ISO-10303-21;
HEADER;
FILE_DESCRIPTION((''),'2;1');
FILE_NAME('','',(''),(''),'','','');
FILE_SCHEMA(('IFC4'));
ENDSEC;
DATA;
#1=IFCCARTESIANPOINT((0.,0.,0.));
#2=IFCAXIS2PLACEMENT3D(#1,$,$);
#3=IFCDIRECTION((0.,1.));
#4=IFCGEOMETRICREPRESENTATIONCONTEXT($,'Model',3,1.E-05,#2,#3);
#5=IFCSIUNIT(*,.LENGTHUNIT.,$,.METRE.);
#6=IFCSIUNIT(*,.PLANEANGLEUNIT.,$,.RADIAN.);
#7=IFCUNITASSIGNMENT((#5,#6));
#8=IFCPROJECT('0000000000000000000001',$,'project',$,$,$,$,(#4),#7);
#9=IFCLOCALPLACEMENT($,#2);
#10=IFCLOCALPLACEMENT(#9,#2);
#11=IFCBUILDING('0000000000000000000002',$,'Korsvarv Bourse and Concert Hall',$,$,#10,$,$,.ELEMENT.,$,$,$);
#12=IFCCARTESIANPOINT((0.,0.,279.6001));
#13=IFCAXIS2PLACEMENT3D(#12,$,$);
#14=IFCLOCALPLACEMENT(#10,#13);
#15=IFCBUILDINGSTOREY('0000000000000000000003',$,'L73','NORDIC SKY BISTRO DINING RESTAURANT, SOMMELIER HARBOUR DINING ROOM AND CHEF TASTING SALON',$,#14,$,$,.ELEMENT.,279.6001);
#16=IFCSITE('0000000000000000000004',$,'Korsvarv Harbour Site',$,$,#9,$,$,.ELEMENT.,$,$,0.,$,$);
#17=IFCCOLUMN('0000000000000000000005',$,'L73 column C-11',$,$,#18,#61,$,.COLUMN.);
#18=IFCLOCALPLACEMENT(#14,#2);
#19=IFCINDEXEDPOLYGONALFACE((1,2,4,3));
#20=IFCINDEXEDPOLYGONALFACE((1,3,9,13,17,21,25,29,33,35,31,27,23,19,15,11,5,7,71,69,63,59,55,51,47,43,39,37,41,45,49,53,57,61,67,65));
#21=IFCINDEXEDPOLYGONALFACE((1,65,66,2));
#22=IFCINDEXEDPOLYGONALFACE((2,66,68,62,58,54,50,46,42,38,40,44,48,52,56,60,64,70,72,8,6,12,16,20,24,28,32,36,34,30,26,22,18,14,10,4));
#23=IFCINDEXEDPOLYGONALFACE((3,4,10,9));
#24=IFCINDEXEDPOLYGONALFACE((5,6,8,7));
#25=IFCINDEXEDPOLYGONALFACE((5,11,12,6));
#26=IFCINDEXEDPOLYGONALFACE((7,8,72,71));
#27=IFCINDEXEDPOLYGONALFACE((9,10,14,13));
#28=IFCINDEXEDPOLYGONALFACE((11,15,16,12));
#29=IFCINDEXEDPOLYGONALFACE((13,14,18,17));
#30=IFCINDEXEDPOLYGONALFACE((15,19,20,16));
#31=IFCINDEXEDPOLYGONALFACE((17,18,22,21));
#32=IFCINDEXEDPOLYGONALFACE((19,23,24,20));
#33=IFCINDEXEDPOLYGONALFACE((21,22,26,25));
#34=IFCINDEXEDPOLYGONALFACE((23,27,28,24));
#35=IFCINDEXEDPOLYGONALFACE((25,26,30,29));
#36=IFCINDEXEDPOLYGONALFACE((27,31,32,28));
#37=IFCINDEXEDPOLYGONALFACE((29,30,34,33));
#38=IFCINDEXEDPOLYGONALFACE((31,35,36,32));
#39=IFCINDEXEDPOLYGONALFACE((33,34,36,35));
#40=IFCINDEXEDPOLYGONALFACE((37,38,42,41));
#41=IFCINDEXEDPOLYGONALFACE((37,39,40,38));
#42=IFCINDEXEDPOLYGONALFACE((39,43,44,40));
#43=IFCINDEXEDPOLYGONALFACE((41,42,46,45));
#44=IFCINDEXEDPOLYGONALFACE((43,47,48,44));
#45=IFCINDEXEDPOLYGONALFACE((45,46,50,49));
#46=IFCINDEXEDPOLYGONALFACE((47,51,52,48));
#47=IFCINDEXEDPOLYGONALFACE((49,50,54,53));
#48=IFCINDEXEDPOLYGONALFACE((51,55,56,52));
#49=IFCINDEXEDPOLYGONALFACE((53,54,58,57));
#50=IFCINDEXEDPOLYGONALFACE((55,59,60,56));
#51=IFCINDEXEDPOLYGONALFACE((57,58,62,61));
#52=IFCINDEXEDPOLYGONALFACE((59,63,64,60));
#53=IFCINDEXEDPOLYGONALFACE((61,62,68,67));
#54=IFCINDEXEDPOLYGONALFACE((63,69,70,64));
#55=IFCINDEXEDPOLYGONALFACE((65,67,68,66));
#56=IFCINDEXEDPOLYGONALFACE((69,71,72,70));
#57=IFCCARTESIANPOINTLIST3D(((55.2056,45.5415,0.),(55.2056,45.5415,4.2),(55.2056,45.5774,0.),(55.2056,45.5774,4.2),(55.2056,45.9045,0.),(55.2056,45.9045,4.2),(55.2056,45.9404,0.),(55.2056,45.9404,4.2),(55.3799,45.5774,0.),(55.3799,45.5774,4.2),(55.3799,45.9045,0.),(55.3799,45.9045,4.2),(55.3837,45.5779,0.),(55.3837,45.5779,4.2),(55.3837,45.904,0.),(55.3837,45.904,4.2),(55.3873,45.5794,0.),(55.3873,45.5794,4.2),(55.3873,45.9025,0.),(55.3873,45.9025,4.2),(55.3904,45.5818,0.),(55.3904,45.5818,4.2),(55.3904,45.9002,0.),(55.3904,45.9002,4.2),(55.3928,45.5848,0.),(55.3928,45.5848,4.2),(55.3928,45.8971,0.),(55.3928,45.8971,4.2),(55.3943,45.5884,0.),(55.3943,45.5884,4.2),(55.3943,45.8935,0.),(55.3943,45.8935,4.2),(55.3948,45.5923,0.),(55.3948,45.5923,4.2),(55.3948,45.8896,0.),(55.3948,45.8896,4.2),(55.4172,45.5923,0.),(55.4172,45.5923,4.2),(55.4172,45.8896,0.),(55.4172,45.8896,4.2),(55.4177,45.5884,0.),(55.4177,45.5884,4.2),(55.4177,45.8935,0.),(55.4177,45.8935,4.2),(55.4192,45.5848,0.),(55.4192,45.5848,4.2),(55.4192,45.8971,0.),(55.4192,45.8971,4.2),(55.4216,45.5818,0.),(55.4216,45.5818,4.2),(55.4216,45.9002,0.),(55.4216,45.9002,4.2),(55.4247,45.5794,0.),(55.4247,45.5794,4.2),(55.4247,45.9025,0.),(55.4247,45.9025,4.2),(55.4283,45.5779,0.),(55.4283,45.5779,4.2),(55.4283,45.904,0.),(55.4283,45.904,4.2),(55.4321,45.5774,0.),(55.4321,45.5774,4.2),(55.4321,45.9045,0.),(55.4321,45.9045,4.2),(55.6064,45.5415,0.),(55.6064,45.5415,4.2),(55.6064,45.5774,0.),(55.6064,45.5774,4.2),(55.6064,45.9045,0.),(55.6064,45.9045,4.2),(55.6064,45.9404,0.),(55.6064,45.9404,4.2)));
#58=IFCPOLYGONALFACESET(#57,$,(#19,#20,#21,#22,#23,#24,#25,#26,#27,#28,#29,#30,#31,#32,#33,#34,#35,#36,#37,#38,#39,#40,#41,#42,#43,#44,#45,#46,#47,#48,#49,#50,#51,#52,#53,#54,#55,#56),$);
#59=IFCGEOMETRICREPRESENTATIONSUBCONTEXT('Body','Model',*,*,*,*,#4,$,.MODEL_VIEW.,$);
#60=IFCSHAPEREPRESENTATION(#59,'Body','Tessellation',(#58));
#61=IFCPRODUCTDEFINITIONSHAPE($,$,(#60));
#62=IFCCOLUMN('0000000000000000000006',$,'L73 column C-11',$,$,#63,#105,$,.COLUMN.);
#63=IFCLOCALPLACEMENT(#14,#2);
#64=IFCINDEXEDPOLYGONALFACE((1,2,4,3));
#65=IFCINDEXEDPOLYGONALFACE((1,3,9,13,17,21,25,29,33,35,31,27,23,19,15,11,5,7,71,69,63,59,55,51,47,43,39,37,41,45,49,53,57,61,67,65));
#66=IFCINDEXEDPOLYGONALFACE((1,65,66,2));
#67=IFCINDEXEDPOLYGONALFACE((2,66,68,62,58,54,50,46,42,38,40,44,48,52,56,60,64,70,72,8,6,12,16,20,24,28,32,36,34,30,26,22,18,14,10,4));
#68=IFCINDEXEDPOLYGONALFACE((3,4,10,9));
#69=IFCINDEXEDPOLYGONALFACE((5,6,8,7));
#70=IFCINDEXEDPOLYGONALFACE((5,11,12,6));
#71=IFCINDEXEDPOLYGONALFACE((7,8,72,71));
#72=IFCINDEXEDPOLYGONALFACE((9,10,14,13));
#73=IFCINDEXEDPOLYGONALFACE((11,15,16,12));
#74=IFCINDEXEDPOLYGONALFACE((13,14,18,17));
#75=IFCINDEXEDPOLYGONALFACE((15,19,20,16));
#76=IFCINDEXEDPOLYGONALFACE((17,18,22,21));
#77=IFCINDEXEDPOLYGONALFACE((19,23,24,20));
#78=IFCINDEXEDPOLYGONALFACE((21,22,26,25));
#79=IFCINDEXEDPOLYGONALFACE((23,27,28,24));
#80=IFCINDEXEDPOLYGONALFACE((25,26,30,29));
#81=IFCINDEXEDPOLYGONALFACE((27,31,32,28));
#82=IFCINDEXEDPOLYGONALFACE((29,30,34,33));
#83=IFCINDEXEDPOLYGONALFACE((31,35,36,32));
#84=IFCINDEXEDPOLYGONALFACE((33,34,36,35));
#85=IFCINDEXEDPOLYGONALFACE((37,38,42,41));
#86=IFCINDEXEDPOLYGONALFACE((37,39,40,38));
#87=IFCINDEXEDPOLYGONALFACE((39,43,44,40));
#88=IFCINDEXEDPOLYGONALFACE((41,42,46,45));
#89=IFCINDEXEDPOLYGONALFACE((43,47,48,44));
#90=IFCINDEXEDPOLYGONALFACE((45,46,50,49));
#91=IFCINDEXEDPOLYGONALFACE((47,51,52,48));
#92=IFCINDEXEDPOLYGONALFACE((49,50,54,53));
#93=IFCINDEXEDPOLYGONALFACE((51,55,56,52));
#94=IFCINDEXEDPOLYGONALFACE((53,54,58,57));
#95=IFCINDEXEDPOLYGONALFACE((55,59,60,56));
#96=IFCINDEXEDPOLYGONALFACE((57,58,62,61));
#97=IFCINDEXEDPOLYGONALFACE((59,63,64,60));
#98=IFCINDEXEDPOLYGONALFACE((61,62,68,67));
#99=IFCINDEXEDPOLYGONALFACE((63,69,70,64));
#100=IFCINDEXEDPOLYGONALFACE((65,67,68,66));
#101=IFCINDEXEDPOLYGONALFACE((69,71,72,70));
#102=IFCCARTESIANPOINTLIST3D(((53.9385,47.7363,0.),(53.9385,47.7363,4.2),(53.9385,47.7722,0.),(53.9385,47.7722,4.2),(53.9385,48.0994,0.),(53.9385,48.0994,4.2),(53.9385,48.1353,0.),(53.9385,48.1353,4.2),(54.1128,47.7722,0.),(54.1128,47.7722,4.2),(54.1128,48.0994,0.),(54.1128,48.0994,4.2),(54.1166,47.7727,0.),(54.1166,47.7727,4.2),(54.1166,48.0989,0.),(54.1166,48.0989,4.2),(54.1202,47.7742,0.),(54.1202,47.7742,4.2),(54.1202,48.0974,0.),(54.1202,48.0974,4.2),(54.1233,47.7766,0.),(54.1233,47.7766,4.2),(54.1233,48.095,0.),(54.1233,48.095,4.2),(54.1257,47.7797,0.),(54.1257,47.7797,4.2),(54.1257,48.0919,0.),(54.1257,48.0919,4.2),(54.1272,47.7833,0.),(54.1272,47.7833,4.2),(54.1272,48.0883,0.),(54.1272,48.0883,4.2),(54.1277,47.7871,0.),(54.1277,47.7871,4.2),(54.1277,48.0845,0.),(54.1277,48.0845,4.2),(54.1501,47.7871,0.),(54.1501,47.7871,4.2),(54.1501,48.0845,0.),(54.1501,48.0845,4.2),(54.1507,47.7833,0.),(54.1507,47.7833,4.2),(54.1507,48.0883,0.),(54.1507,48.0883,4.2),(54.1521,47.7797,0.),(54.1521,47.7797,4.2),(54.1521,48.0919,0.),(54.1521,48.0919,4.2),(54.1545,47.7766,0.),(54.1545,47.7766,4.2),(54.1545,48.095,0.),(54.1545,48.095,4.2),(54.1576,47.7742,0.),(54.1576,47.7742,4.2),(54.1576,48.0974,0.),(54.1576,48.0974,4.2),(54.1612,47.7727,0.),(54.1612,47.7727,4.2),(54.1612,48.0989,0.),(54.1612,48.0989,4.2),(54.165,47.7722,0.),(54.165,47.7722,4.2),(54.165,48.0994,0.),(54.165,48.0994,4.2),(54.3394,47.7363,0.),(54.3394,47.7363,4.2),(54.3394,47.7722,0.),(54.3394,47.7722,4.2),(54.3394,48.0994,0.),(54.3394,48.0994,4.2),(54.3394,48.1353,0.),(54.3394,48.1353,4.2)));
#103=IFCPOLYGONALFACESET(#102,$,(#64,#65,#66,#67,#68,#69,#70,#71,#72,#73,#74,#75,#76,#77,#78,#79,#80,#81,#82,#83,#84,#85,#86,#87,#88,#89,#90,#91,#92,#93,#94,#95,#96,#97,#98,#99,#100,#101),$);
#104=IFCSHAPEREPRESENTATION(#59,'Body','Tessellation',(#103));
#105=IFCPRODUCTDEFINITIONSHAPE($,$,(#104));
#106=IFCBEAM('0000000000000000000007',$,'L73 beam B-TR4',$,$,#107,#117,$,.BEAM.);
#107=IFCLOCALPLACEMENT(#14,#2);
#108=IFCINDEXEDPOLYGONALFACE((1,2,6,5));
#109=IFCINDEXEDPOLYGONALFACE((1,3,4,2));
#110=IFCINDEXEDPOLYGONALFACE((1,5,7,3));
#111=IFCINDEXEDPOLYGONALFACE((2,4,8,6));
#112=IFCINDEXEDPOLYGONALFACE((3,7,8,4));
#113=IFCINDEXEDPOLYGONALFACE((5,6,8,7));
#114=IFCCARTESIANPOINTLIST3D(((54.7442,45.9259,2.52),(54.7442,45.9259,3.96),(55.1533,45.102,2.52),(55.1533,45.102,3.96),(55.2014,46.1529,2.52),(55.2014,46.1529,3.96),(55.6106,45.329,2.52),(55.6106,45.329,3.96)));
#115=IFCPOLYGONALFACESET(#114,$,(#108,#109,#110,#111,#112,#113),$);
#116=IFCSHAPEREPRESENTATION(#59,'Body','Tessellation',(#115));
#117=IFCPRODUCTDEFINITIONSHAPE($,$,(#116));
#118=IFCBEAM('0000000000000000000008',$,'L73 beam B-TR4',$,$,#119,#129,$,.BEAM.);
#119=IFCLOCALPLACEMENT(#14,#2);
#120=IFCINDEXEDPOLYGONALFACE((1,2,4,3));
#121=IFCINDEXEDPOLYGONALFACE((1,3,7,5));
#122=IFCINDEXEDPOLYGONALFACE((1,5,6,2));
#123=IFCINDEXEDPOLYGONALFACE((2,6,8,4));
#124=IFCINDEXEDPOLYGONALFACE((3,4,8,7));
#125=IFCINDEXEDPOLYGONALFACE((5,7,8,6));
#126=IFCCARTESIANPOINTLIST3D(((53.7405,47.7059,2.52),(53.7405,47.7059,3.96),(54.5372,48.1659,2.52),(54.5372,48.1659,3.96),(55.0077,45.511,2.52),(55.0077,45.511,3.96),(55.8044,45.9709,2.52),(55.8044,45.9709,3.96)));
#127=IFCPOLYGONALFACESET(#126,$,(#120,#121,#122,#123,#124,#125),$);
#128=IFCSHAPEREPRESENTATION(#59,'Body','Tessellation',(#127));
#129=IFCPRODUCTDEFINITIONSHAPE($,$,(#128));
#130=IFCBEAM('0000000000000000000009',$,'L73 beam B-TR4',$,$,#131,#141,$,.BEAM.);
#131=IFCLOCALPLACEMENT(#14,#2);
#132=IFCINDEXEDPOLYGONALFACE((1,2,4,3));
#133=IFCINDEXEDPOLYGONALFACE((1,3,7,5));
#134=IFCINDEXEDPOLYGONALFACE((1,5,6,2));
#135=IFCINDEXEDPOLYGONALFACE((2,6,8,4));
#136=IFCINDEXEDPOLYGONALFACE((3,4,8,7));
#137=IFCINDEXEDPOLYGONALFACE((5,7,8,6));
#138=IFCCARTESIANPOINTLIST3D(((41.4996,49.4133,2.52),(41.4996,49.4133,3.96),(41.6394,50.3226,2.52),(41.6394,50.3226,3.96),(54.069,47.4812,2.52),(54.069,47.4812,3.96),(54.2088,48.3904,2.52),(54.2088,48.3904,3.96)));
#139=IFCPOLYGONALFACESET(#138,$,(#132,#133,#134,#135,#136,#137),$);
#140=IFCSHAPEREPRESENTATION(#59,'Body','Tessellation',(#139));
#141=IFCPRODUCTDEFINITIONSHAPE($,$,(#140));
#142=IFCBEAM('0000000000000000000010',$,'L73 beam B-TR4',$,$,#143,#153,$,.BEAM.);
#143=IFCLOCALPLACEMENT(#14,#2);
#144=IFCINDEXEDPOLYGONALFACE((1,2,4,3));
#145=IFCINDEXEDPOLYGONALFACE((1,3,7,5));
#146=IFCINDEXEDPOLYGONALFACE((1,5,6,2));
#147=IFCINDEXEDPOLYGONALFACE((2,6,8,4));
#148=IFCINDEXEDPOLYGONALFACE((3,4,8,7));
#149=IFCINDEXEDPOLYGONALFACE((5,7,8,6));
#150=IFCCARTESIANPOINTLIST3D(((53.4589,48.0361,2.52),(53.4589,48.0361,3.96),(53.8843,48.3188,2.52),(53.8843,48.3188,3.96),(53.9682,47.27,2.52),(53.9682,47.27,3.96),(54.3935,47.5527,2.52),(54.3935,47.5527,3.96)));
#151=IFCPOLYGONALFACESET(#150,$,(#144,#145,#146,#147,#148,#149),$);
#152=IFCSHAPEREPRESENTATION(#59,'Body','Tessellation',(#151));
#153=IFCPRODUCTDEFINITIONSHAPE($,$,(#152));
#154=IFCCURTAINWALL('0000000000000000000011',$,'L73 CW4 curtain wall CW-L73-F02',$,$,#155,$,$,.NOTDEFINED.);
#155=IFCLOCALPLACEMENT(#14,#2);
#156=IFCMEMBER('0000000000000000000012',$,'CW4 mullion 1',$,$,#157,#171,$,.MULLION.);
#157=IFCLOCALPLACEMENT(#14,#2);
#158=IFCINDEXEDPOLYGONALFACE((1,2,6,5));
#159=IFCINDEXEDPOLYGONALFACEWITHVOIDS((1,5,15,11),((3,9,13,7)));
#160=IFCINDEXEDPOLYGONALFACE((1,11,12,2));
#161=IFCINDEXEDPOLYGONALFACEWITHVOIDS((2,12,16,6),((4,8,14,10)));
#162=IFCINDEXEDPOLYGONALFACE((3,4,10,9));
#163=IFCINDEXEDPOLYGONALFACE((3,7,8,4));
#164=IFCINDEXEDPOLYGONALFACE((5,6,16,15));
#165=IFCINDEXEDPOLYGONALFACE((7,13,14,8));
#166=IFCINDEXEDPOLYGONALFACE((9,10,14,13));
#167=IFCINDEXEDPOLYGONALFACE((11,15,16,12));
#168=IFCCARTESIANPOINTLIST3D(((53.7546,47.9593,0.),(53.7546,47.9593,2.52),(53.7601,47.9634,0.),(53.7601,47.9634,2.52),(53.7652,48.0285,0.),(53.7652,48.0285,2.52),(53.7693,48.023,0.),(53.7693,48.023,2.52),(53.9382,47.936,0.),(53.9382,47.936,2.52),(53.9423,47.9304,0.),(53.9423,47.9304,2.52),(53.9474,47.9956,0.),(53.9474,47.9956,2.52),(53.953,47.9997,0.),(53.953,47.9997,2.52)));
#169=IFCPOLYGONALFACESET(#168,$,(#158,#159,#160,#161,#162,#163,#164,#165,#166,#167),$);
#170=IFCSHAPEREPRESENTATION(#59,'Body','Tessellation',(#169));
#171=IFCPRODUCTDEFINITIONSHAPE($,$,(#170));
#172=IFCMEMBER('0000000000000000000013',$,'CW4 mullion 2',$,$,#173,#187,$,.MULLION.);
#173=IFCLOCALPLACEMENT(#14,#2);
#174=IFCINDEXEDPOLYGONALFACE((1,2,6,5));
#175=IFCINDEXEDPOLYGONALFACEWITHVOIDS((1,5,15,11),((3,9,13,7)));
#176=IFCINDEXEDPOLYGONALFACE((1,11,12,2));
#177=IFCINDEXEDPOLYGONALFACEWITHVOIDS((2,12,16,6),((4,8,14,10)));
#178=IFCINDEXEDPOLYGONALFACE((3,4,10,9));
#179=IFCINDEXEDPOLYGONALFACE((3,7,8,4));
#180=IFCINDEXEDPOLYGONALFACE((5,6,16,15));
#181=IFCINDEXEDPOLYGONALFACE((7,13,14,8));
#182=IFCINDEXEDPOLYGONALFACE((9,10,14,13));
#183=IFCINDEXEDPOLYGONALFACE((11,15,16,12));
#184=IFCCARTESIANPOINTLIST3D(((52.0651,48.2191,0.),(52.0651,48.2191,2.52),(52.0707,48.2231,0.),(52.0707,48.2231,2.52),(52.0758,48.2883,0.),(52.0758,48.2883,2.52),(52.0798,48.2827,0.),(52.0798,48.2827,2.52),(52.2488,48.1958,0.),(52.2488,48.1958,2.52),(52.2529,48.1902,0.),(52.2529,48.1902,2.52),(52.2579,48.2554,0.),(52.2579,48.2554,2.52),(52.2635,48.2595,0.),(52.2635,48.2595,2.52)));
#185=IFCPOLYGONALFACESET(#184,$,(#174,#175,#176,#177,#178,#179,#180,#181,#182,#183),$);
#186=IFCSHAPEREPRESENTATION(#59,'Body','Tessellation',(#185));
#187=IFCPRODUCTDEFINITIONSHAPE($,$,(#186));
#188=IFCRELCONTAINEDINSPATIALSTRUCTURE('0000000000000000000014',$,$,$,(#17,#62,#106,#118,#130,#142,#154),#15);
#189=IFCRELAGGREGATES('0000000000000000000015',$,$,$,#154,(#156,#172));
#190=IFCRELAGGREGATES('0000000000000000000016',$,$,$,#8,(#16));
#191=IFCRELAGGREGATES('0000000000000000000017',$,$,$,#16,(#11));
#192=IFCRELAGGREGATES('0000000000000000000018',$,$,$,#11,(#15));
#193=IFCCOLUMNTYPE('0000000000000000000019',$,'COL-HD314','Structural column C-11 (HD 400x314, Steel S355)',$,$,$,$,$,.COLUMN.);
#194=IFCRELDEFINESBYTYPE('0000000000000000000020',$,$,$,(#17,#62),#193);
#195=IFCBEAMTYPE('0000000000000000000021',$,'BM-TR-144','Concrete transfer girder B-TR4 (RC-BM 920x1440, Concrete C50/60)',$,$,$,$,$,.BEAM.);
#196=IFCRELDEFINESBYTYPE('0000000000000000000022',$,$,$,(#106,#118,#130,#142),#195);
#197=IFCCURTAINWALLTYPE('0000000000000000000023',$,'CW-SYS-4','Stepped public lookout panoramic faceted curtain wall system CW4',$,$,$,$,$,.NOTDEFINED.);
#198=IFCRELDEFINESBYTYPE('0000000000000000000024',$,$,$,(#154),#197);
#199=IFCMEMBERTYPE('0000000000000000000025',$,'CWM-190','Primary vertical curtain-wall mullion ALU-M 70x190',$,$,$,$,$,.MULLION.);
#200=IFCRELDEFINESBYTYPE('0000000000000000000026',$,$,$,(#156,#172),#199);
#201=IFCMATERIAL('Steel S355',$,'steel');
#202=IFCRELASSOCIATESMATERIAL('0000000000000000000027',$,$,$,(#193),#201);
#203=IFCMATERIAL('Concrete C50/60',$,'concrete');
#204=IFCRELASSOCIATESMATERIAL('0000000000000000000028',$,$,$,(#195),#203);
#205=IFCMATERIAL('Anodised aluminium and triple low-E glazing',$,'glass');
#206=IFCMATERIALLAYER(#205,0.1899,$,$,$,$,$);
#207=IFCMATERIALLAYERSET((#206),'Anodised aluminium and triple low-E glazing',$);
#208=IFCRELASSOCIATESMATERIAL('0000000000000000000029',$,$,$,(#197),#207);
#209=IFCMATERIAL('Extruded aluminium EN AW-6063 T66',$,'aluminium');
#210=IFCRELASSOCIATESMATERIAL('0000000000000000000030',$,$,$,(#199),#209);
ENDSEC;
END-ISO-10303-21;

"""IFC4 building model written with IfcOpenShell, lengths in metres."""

from ifc_helpers import new_model, si_unit, direction, frame, origin, origin_2d, place, context, subcontext, project, spatial, rectangle, hollow_rectangle, i_section, extrude, source, transform, mapped, material, layer, layer_set, material_profile, profile_set, type_object, element, aggregate, save


model = new_model("IFC4")

# Units and contexts
model_context = context("Model", 3, precision=1e-05, world=origin(), true_north=direction((0.0, 1.0)))
body_context = subcontext(model_context, "Body", "Model", "MODEL_VIEW")
ifc_project = project(units=[si_unit("LENGTHUNIT", "METRE"), si_unit("PLANEANGLEUNIT", "RADIAN")], contexts=[model_context])

# Site, building, storey
site_placement = place(None, origin())
site = spatial("IfcSite", under=ifc_project, at=site_placement, Name="Korsvarv Harbour Site", CompositionType="ELEMENT", RefElevation=0.0)
building_placement = place(site_placement, origin())
building = spatial("IfcBuilding", under=site, at=building_placement, Name="Korsvarv Bourse and Concert Hall", CompositionType="ELEMENT")
storey_placement = place(building_placement, frame((0.0, 0.0, 279.6001)))
storey = spatial("IfcBuildingStorey", under=building, at=storey_placement, Name="L73", Description="NORDIC SKY BISTRO DINING RESTAURANT, SOMMELIER HARBOUR DINING ROOM AND CHEF TASTING SALON", CompositionType="ELEMENT", Elevation=279.6001)

# Columns
ifc_material_1 = material(Name="Steel S355", Category="steel")
ifc_material_profile_1 = material_profile(ifc_material_1, i_section(OverallWidth=0.4009, OverallDepth=0.3989, WebThickness=0.0225, FlangeThickness=0.0359, FilletRadius=0.0149, at=origin_2d()), Name="HD 400x314")
ifc_profile_set_1 = profile_set([ifc_material_profile_1], Name="Steel S355")
column_type = type_object("IfcColumnType", Name="COL-HD314", Description="Structural column C-11 (HD 400x314, Steel S355)", PredefinedType="COLUMN", material=ifc_profile_set_1)
shared_shape_1 = source(origin(), body_context, "Body", "SweptSolid", [
    extrude(i_section(OverallWidth=0.4009, OverallDepth=0.3989, WebThickness=0.0225, FlangeThickness=0.0359, FilletRadius=0.0149, at=origin_2d()), origin(), (0.0, 0.0, 1.0), 4.2),
])
for number, where, z_axis, x_axis, name in (
    (1, (55.406, 45.741, 0.0), (0.0, 0.0, 1.0), (1.0, 0.0, 0.0), "L73 column C-11"),
    (2, (54.1389, 47.9358, 0.0), (0.0, 0.0, 1.0), (1.0, 0.0, 0.0), "L73 column C-11"),
):
    element("IfcColumn", number, at=place(storey_placement, frame(where, z_axis=z_axis, x_axis=x_axis)), inside=storey, type_object=column_type, Name=name, PredefinedType="COLUMN", context=body_context, shape_type="MappedRepresentation", body=[
        mapped(shared_shape_1, transform((0.0, 0.0, 0.0), scale=1.0)),
    ])

# Beams
ifc_material_2 = material(Name="Concrete C50/60", Category="concrete")
ifc_material_profile_2 = material_profile(ifc_material_2, rectangle(XDim=0.9199, YDim=1.4399, at=origin_2d()), Name="RC-BM 920x1440")
ifc_profile_set_2 = profile_set([ifc_material_profile_2], Name="Concrete C50/60")
beam_type = type_object("IfcBeamType", Name="BM-TR-144", Description="Concrete transfer girder B-TR4 (RC-BM 920x1440, Concrete C50/60)", PredefinedType="BEAM", material=ifc_profile_set_2)
shared_shape_2 = source(origin(), body_context, "Body", "SweptSolid", [
    extrude(rectangle(XDim=0.9199, YDim=1.4399, at=origin_2d()), origin(), (0.0, 0.0, 1.0), 0.5105),
])
beam_1_placement = place(storey_placement, frame((55.406, 45.741, 3.24), z_axis=(-0.895667, -0.444725, 0.0), x_axis=(0.444725, -0.895667, 0.0)))
element("IfcBeam", 3, at=beam_1_placement, inside=storey, type_object=beam_type, Name="L73 beam B-TR4", PredefinedType="BEAM", context=body_context, shape_type="MappedRepresentation", body=[
    mapped(shared_shape_2, transform((0.0, 0.0, 0.0), scale=1.0)),
])
shared_shape_3 = source(origin(), body_context, "Body", "SweptSolid", [
    extrude(rectangle(XDim=0.9199, YDim=1.4399, at=origin_2d()), origin(), (0.0, 0.0, 1.0), 2.5344),
])
beam_2_placement = place(storey_placement, frame((55.406, 45.741, 3.24), z_axis=(-0.499973, 0.866041, 0.0), x_axis=(-0.866041, -0.499973, 0.0)))
element("IfcBeam", 4, at=beam_2_placement, inside=storey, type_object=beam_type, Name="L73 beam B-TR4", PredefinedType="BEAM", context=body_context, shape_type="MappedRepresentation", body=[
    mapped(shared_shape_3, transform((0.0, 0.0, 0.0), scale=1.0)),
])
shared_shape_4 = source(origin(), body_context, "Body", "SweptSolid", [
    extrude(rectangle(XDim=0.9199, YDim=1.4399, at=origin_2d()), origin(), (0.0, 0.0, 1.0), 12.717),
])
beam_3_placement = place(storey_placement, frame((54.1389, 47.9358, 3.24), z_axis=(-0.988391, 0.151933, 0.0), x_axis=(-0.151933, -0.988391, 0.0)))
element("IfcBeam", 5, at=beam_3_placement, inside=storey, type_object=beam_type, Name="L73 beam B-TR4", PredefinedType="BEAM", context=body_context, shape_type="MappedRepresentation", body=[
    mapped(shared_shape_4, transform((0.0, 0.0, 0.0), scale=1.0)),
])
shared_shape_5 = source(origin(), body_context, "Body", "SweptSolid", [
    extrude(rectangle(XDim=0.9199, YDim=1.4399, at=origin_2d()), origin(), (0.0, 0.0, 1.0), 0.5107),
])
beam_4_placement = place(storey_placement, frame((54.1389, 47.9358, 3.24), z_axis=(-0.832785, -0.553596, 0.0), x_axis=(0.553596, -0.832785, 0.0)))
element("IfcBeam", 6, at=beam_4_placement, inside=storey, type_object=beam_type, Name="L73 beam B-TR4", PredefinedType="BEAM", context=body_context, shape_type="MappedRepresentation", body=[
    mapped(shared_shape_5, transform((0.0, 0.0, 0.0), scale=1.0)),
])

# Curtain wall, members
ifc_material_3 = material(Name="Anodised aluminium and triple low-E glazing", Category="glass")
ifc_layer_1 = layer(ifc_material_3, 0.1899)
ifc_layer_set_1 = layer_set([ifc_layer_1], Name="Anodised aluminium and triple low-E glazing")
curtain_wall_type = type_object("IfcCurtainWallType", Name="CW-SYS-4", Description="Stepped public lookout panoramic faceted curtain wall system CW4", PredefinedType="NOTDEFINED", material=ifc_layer_set_1)
curtain_wall_placement = place(storey_placement, origin())
curtain_wall = element("IfcCurtainWall", 7, at=curtain_wall_placement, inside=storey, type_object=curtain_wall_type, Name="L73 CW4 curtain wall CW-L73-F02", PredefinedType="NOTDEFINED")
ifc_material_4 = material(Name="Extruded aluminium EN AW-6063 T66", Category="aluminium")
ifc_material_profile_3 = material_profile(ifc_material_4, hollow_rectangle(XDim=0.0701, YDim=0.1899, WallThickness=0.0049, at=origin_2d()), Name="ALU-M 70x190")
ifc_profile_set_3 = profile_set([ifc_material_profile_3], Name="Extruded aluminium EN AW-6063 T66")
member_type_1 = type_object("IfcMemberType", Name="CWM-190", Description="Primary vertical curtain-wall mullion ALU-M 70x190", PredefinedType="MULLION", material=ifc_profile_set_3)
shared_shape_6 = source(origin(), body_context, "Body", "SweptSolid", [
    extrude(hollow_rectangle(XDim=0.0701, YDim=0.1899, WallThickness=0.0049, at=origin_2d()), origin(), (0.0, 0.0, 1.0), 2.52),
])
member_1_placement = place(storey_placement, frame((53.8538, 47.9795, 0.0), z_axis=(0.0, 0.0, 1.0), x_axis=(-0.151931, -0.988391, 0.0)))
member_1 = element("IfcMember", 8, at=member_1_placement, type_object=member_type_1, Name="CW4 mullion 1", PredefinedType="MULLION", context=body_context, shape_type="MappedRepresentation", body=[
    mapped(shared_shape_6, transform((0.0, 0.0, 0.0), scale=1.0)),
])
member_2_placement = place(storey_placement, frame((52.1643, 48.2393, 0.0), z_axis=(0.0, 0.0, 1.0), x_axis=(-0.151931, -0.988391, 0.0)))
member_2 = element("IfcMember", 9, at=member_2_placement, type_object=member_type_1, Name="CW4 mullion 2", PredefinedType="MULLION", context=body_context, shape_type="MappedRepresentation", body=[
    mapped(shared_shape_6, transform((0.0, 0.0, 0.0), scale=1.0)),
])
aggregate(curtain_wall, [member_1, member_2])

save(model, "model.ifc")
